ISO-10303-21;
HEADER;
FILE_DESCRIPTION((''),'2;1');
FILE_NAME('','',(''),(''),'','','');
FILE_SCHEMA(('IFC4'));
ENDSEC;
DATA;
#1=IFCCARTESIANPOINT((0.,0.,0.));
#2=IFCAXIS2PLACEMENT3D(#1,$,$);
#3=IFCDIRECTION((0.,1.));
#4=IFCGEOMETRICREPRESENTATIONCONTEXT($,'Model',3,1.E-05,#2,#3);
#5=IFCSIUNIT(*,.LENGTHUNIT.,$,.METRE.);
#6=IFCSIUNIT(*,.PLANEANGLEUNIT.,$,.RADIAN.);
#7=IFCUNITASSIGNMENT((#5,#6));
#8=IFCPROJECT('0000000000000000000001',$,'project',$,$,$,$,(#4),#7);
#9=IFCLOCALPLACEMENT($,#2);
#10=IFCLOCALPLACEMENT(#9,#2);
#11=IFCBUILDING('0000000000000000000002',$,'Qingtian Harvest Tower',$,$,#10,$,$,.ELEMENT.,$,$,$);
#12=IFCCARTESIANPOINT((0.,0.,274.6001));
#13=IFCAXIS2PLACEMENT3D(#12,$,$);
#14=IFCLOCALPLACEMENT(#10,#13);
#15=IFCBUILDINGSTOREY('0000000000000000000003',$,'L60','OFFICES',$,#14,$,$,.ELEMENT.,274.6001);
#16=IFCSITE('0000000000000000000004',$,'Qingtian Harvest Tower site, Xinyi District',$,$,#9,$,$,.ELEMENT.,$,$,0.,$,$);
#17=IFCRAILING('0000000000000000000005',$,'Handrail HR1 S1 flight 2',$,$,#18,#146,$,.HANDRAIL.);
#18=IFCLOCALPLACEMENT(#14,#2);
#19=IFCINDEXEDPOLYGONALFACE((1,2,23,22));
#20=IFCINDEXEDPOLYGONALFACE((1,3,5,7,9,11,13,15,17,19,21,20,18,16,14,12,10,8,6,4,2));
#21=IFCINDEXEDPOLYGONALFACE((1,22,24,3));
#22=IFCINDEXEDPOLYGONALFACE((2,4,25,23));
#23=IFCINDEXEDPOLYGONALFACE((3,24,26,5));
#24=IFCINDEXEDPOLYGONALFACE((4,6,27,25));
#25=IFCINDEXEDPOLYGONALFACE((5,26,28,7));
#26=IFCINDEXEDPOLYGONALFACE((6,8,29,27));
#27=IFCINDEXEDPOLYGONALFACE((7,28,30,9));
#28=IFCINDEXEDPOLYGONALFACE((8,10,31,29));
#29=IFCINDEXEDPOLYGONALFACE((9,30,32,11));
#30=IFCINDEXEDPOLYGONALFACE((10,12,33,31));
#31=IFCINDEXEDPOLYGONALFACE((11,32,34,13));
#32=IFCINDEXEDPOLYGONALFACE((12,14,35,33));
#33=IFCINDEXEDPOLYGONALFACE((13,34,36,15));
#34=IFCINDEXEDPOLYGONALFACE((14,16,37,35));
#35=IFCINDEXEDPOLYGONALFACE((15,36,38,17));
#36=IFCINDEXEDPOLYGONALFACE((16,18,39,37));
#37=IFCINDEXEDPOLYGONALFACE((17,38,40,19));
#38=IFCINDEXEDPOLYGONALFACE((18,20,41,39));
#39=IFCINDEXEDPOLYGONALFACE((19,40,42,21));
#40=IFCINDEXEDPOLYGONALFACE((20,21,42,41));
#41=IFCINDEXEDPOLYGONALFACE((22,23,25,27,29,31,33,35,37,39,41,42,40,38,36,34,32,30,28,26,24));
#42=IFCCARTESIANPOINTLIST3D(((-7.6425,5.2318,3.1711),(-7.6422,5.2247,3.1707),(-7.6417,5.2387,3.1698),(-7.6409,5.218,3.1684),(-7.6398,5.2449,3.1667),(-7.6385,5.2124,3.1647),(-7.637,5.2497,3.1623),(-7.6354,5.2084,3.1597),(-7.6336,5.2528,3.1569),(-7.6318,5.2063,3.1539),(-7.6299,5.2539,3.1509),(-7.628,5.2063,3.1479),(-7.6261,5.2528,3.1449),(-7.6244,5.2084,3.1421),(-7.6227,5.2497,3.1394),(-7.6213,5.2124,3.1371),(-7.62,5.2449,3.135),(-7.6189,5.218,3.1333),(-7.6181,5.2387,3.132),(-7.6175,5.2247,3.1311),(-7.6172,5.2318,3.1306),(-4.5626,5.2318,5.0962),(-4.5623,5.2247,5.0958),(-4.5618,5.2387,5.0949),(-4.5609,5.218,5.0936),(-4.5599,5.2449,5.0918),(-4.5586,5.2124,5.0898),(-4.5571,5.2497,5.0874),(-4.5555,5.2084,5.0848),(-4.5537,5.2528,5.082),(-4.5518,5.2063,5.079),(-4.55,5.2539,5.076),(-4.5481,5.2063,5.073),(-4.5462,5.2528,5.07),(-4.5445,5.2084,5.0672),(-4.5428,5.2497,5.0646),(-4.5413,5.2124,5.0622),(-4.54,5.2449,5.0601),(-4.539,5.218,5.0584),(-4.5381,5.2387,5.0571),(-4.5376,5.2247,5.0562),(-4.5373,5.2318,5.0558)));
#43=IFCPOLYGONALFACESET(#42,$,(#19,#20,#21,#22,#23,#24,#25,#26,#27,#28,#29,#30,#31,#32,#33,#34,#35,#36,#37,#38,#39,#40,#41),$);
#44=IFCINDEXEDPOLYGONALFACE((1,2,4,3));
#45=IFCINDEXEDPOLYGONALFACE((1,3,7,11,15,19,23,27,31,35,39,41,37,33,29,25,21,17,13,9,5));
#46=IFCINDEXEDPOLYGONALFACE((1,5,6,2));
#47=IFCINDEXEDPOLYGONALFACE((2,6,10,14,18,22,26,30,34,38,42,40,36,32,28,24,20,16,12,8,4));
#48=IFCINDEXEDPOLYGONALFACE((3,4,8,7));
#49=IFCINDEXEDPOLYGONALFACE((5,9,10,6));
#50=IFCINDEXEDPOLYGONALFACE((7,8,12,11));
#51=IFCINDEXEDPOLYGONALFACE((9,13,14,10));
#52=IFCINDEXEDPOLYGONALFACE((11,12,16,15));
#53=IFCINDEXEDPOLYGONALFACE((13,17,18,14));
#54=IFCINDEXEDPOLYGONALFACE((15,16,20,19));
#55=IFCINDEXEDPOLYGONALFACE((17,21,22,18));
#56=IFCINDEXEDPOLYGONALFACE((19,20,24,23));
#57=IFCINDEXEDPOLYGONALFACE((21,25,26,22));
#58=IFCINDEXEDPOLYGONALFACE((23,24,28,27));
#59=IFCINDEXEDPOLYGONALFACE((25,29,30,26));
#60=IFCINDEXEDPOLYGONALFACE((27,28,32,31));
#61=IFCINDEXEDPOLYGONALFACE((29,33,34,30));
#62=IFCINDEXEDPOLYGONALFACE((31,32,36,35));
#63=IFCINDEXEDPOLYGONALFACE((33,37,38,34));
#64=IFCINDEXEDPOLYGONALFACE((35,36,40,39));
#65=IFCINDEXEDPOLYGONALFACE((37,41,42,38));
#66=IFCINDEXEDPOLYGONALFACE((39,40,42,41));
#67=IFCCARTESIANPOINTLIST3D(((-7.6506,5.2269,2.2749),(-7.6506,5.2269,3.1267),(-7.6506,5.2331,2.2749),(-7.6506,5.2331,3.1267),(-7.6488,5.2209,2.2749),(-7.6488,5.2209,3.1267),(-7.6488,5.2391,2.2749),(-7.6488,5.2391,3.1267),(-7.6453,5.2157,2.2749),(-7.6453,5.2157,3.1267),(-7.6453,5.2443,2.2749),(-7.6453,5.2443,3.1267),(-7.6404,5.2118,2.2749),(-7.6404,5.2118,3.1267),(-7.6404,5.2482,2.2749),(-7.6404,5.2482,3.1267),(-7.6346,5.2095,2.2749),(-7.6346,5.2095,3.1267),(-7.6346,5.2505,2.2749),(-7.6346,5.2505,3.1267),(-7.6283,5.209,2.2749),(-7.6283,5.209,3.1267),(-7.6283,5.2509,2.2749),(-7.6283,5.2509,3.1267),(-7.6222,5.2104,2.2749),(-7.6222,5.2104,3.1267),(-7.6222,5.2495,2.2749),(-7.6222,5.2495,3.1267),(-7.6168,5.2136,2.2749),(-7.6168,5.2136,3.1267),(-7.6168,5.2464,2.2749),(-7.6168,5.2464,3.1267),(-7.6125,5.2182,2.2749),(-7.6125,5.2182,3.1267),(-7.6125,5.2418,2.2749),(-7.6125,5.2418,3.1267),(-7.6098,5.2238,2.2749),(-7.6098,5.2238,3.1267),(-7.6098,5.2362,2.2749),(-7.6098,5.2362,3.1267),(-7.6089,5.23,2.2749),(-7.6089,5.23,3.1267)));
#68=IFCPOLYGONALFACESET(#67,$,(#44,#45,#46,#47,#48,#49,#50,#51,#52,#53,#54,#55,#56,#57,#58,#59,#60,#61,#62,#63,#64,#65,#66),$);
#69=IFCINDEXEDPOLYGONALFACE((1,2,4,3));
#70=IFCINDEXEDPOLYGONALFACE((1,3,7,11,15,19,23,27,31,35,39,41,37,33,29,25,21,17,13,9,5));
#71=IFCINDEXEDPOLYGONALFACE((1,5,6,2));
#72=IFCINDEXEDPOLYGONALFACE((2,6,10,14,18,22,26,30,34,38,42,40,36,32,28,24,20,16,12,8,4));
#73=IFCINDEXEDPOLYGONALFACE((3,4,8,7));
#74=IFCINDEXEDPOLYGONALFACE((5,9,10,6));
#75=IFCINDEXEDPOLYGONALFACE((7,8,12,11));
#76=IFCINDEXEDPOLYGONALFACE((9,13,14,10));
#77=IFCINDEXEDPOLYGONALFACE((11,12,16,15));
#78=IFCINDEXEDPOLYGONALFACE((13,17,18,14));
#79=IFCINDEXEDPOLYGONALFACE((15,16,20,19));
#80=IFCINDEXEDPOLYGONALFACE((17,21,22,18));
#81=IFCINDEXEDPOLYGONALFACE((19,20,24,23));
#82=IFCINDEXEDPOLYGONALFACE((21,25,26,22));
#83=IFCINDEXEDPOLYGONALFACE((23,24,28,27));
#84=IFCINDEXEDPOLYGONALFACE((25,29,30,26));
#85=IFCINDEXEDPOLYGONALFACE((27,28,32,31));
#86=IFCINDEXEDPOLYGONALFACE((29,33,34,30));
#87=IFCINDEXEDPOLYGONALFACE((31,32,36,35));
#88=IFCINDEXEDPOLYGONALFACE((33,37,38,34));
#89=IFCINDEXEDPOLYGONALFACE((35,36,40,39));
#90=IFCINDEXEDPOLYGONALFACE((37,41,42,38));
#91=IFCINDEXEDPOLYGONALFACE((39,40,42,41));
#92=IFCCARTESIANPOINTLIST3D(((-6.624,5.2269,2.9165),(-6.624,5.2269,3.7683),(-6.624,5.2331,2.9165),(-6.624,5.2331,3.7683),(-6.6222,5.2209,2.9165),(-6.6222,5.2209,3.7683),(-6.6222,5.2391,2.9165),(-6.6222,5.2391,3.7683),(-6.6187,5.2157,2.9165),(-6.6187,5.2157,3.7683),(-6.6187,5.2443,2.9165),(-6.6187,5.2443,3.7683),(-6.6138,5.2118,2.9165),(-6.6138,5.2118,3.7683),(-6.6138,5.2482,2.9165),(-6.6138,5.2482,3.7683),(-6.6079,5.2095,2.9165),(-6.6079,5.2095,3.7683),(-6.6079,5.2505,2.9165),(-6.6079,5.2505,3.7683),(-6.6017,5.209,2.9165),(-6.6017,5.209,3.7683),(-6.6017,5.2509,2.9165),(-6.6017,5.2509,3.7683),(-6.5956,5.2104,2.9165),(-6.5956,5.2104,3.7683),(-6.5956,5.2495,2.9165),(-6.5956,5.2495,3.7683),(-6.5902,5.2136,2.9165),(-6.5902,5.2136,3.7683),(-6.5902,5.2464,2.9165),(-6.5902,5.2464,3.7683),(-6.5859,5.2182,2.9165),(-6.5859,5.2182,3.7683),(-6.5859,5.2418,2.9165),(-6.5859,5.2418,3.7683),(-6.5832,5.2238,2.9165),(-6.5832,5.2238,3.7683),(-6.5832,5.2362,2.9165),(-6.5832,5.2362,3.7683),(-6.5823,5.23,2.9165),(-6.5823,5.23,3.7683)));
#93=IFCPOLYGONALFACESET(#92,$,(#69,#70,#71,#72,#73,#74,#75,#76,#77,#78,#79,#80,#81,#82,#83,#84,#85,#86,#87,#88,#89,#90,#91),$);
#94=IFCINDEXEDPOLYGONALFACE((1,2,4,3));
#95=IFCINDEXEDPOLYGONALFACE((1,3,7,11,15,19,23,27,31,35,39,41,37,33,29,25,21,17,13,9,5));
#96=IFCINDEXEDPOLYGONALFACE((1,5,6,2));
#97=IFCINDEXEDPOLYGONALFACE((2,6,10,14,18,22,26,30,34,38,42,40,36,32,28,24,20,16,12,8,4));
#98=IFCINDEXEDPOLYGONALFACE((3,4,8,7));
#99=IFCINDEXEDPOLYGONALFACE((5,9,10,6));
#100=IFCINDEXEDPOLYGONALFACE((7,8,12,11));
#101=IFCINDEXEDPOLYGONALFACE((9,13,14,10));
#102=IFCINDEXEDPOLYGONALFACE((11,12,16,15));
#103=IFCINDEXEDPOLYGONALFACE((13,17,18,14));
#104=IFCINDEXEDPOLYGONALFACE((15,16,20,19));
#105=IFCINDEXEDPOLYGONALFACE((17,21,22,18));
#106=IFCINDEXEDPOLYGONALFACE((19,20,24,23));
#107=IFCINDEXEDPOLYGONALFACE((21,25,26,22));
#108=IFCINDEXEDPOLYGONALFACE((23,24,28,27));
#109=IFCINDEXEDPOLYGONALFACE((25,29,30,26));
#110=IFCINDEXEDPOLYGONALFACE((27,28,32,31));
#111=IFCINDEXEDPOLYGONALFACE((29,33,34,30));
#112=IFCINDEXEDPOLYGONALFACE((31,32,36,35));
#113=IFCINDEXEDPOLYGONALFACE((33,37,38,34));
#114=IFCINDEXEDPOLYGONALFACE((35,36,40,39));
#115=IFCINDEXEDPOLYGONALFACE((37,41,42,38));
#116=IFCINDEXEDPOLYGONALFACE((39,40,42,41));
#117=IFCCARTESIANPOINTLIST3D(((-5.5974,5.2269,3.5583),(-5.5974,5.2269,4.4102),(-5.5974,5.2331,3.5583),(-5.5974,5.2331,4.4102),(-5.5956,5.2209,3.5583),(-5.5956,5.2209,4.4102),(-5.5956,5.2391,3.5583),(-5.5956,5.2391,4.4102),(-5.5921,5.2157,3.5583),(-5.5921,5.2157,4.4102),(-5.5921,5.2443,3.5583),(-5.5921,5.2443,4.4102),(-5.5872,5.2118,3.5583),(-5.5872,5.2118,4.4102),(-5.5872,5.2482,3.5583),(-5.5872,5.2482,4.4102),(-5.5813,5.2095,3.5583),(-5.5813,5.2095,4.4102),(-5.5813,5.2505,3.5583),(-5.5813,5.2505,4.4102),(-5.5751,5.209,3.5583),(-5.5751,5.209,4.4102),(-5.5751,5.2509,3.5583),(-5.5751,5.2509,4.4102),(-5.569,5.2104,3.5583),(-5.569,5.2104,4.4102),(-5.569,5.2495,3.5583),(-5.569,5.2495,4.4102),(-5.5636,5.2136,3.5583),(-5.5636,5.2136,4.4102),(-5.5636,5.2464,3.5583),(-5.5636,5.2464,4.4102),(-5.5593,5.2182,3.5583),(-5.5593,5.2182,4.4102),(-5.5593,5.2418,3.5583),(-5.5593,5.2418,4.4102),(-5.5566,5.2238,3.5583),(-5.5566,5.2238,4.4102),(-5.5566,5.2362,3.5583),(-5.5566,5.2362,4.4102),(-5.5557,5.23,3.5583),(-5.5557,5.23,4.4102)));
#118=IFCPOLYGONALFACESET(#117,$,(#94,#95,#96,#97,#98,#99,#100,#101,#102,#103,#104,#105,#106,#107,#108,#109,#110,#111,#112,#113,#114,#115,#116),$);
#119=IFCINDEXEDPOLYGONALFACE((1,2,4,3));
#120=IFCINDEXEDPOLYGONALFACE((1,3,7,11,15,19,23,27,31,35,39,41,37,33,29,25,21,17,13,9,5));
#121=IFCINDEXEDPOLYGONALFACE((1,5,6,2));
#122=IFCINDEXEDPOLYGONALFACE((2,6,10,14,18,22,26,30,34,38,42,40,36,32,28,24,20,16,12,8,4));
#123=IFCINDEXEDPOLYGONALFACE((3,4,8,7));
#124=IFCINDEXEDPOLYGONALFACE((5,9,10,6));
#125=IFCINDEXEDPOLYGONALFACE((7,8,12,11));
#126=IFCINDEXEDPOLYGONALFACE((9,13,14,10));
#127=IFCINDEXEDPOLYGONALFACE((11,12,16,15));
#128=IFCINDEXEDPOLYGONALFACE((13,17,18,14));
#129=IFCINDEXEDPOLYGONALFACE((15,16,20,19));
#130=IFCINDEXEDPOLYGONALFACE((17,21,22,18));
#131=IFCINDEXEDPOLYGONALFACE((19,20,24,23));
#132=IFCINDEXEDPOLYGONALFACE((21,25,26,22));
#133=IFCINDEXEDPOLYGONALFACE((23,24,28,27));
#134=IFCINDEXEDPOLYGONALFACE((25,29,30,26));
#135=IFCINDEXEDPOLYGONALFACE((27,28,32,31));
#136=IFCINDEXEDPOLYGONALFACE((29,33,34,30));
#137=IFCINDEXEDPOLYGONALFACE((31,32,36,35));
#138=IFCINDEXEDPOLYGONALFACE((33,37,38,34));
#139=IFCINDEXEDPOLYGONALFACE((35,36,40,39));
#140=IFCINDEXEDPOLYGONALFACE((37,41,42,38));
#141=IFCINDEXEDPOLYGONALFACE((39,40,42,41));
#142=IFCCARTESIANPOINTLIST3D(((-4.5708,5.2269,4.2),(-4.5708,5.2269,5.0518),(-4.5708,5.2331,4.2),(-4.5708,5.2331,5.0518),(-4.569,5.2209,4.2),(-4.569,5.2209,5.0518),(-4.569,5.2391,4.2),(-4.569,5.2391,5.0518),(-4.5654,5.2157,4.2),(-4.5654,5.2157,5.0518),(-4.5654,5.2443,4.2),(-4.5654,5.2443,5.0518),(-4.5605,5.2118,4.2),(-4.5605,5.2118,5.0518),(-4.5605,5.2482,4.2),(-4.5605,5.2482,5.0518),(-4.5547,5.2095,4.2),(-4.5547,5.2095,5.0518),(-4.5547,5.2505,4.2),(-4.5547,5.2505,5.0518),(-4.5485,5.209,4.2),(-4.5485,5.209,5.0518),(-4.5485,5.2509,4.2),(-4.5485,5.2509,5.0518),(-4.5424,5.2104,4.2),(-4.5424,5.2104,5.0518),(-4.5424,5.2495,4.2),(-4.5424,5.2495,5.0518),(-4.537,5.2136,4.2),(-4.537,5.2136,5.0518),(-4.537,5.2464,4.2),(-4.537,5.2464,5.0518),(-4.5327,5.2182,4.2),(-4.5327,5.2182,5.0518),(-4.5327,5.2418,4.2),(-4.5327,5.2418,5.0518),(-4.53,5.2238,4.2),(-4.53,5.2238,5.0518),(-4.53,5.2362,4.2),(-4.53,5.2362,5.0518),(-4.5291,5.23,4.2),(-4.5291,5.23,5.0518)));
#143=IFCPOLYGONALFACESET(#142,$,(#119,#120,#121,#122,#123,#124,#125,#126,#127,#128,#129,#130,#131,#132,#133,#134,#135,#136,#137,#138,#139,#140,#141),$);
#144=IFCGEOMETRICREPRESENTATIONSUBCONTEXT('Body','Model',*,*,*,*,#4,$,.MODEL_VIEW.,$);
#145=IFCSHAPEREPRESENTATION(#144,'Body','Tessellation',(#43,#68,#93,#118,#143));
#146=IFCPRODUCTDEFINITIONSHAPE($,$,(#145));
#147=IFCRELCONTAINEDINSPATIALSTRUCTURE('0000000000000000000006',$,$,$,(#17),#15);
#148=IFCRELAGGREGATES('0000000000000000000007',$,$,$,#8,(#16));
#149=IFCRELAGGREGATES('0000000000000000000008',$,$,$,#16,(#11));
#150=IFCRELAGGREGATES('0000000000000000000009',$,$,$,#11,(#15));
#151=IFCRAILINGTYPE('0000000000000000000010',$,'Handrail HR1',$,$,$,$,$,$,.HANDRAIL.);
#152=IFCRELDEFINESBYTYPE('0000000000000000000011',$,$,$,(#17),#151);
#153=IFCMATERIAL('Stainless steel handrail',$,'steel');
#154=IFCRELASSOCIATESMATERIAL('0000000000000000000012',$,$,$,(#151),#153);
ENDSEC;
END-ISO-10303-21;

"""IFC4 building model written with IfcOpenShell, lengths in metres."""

from ifc_helpers import new_model, si_unit, direction, frame, origin, origin_2d, place, context, subcontext, project, spatial, circle, extrude, material, type_object, element, save


model = new_model("IFC4")

# Units and contexts
model_context = context("Model", 3, precision=1e-05, world=origin(), true_north=direction((0.0, 1.0)))
body_context = subcontext(model_context, "Body", "Model", "MODEL_VIEW")
ifc_project = project(units=[si_unit("LENGTHUNIT", "METRE"), si_unit("PLANEANGLEUNIT", "RADIAN")], contexts=[model_context])

# Site, building, storey
site_placement = place(None, origin())
site = spatial("IfcSite", under=ifc_project, at=site_placement, Name="Qingtian Harvest Tower site, Xinyi District", CompositionType="ELEMENT", RefElevation=0.0)
building_placement = place(site_placement, origin())
building = spatial("IfcBuilding", under=site, at=building_placement, Name="Qingtian Harvest Tower", CompositionType="ELEMENT")
storey_placement = place(building_placement, frame((0.0, 0.0, 274.6001)))
storey = spatial("IfcBuildingStorey", under=building, at=storey_placement, Name="L60", Description="OFFICES", CompositionType="ELEMENT", Elevation=274.6001)

# Railing
ifc_material_1 = material(Name="Stainless steel handrail", Category="steel")
railing_type = type_object("IfcRailingType", Name="Handrail HR1", PredefinedType="HANDRAIL", material=ifc_material_1)
railing_1_placement = place(storey_placement, frame((-7.6299, 5.23, 2.2749)))
element("IfcRailing", 1, at=railing_1_placement, inside=storey, type_object=railing_type, Name="Handrail HR1 S1 flight 2", PredefinedType="HANDRAIL", context=body_context, shape_type="SweptSolid", body=[
    extrude(circle(Radius=0.0239, at=origin_2d()), frame((0.0, 0.0, 0.876), z_axis=(0.847979, 0.0, 0.530029), x_axis=(0.0, 1.0, 0.0)), (0.0, 0.0, 1.0), 3.6321),
    extrude(circle(Radius=0.021, at=origin_2d()), origin(), (0.0, 0.0, 1.0), 0.8518),
    extrude(circle(Radius=0.021, at=origin_2d()), frame((1.0266, 0.0, 0.6416)), (0.0, 0.0, 1.0), 0.8518),
    extrude(circle(Radius=0.021, at=origin_2d()), frame((2.0532, 0.0, 1.2834)), (0.0, 0.0, 1.0), 0.8518),
    extrude(circle(Radius=0.021, at=origin_2d()), frame((3.0798, 0.0, 1.925)), (0.0, 0.0, 1.0), 0.8518),
])

save(model, "model.ifc")
